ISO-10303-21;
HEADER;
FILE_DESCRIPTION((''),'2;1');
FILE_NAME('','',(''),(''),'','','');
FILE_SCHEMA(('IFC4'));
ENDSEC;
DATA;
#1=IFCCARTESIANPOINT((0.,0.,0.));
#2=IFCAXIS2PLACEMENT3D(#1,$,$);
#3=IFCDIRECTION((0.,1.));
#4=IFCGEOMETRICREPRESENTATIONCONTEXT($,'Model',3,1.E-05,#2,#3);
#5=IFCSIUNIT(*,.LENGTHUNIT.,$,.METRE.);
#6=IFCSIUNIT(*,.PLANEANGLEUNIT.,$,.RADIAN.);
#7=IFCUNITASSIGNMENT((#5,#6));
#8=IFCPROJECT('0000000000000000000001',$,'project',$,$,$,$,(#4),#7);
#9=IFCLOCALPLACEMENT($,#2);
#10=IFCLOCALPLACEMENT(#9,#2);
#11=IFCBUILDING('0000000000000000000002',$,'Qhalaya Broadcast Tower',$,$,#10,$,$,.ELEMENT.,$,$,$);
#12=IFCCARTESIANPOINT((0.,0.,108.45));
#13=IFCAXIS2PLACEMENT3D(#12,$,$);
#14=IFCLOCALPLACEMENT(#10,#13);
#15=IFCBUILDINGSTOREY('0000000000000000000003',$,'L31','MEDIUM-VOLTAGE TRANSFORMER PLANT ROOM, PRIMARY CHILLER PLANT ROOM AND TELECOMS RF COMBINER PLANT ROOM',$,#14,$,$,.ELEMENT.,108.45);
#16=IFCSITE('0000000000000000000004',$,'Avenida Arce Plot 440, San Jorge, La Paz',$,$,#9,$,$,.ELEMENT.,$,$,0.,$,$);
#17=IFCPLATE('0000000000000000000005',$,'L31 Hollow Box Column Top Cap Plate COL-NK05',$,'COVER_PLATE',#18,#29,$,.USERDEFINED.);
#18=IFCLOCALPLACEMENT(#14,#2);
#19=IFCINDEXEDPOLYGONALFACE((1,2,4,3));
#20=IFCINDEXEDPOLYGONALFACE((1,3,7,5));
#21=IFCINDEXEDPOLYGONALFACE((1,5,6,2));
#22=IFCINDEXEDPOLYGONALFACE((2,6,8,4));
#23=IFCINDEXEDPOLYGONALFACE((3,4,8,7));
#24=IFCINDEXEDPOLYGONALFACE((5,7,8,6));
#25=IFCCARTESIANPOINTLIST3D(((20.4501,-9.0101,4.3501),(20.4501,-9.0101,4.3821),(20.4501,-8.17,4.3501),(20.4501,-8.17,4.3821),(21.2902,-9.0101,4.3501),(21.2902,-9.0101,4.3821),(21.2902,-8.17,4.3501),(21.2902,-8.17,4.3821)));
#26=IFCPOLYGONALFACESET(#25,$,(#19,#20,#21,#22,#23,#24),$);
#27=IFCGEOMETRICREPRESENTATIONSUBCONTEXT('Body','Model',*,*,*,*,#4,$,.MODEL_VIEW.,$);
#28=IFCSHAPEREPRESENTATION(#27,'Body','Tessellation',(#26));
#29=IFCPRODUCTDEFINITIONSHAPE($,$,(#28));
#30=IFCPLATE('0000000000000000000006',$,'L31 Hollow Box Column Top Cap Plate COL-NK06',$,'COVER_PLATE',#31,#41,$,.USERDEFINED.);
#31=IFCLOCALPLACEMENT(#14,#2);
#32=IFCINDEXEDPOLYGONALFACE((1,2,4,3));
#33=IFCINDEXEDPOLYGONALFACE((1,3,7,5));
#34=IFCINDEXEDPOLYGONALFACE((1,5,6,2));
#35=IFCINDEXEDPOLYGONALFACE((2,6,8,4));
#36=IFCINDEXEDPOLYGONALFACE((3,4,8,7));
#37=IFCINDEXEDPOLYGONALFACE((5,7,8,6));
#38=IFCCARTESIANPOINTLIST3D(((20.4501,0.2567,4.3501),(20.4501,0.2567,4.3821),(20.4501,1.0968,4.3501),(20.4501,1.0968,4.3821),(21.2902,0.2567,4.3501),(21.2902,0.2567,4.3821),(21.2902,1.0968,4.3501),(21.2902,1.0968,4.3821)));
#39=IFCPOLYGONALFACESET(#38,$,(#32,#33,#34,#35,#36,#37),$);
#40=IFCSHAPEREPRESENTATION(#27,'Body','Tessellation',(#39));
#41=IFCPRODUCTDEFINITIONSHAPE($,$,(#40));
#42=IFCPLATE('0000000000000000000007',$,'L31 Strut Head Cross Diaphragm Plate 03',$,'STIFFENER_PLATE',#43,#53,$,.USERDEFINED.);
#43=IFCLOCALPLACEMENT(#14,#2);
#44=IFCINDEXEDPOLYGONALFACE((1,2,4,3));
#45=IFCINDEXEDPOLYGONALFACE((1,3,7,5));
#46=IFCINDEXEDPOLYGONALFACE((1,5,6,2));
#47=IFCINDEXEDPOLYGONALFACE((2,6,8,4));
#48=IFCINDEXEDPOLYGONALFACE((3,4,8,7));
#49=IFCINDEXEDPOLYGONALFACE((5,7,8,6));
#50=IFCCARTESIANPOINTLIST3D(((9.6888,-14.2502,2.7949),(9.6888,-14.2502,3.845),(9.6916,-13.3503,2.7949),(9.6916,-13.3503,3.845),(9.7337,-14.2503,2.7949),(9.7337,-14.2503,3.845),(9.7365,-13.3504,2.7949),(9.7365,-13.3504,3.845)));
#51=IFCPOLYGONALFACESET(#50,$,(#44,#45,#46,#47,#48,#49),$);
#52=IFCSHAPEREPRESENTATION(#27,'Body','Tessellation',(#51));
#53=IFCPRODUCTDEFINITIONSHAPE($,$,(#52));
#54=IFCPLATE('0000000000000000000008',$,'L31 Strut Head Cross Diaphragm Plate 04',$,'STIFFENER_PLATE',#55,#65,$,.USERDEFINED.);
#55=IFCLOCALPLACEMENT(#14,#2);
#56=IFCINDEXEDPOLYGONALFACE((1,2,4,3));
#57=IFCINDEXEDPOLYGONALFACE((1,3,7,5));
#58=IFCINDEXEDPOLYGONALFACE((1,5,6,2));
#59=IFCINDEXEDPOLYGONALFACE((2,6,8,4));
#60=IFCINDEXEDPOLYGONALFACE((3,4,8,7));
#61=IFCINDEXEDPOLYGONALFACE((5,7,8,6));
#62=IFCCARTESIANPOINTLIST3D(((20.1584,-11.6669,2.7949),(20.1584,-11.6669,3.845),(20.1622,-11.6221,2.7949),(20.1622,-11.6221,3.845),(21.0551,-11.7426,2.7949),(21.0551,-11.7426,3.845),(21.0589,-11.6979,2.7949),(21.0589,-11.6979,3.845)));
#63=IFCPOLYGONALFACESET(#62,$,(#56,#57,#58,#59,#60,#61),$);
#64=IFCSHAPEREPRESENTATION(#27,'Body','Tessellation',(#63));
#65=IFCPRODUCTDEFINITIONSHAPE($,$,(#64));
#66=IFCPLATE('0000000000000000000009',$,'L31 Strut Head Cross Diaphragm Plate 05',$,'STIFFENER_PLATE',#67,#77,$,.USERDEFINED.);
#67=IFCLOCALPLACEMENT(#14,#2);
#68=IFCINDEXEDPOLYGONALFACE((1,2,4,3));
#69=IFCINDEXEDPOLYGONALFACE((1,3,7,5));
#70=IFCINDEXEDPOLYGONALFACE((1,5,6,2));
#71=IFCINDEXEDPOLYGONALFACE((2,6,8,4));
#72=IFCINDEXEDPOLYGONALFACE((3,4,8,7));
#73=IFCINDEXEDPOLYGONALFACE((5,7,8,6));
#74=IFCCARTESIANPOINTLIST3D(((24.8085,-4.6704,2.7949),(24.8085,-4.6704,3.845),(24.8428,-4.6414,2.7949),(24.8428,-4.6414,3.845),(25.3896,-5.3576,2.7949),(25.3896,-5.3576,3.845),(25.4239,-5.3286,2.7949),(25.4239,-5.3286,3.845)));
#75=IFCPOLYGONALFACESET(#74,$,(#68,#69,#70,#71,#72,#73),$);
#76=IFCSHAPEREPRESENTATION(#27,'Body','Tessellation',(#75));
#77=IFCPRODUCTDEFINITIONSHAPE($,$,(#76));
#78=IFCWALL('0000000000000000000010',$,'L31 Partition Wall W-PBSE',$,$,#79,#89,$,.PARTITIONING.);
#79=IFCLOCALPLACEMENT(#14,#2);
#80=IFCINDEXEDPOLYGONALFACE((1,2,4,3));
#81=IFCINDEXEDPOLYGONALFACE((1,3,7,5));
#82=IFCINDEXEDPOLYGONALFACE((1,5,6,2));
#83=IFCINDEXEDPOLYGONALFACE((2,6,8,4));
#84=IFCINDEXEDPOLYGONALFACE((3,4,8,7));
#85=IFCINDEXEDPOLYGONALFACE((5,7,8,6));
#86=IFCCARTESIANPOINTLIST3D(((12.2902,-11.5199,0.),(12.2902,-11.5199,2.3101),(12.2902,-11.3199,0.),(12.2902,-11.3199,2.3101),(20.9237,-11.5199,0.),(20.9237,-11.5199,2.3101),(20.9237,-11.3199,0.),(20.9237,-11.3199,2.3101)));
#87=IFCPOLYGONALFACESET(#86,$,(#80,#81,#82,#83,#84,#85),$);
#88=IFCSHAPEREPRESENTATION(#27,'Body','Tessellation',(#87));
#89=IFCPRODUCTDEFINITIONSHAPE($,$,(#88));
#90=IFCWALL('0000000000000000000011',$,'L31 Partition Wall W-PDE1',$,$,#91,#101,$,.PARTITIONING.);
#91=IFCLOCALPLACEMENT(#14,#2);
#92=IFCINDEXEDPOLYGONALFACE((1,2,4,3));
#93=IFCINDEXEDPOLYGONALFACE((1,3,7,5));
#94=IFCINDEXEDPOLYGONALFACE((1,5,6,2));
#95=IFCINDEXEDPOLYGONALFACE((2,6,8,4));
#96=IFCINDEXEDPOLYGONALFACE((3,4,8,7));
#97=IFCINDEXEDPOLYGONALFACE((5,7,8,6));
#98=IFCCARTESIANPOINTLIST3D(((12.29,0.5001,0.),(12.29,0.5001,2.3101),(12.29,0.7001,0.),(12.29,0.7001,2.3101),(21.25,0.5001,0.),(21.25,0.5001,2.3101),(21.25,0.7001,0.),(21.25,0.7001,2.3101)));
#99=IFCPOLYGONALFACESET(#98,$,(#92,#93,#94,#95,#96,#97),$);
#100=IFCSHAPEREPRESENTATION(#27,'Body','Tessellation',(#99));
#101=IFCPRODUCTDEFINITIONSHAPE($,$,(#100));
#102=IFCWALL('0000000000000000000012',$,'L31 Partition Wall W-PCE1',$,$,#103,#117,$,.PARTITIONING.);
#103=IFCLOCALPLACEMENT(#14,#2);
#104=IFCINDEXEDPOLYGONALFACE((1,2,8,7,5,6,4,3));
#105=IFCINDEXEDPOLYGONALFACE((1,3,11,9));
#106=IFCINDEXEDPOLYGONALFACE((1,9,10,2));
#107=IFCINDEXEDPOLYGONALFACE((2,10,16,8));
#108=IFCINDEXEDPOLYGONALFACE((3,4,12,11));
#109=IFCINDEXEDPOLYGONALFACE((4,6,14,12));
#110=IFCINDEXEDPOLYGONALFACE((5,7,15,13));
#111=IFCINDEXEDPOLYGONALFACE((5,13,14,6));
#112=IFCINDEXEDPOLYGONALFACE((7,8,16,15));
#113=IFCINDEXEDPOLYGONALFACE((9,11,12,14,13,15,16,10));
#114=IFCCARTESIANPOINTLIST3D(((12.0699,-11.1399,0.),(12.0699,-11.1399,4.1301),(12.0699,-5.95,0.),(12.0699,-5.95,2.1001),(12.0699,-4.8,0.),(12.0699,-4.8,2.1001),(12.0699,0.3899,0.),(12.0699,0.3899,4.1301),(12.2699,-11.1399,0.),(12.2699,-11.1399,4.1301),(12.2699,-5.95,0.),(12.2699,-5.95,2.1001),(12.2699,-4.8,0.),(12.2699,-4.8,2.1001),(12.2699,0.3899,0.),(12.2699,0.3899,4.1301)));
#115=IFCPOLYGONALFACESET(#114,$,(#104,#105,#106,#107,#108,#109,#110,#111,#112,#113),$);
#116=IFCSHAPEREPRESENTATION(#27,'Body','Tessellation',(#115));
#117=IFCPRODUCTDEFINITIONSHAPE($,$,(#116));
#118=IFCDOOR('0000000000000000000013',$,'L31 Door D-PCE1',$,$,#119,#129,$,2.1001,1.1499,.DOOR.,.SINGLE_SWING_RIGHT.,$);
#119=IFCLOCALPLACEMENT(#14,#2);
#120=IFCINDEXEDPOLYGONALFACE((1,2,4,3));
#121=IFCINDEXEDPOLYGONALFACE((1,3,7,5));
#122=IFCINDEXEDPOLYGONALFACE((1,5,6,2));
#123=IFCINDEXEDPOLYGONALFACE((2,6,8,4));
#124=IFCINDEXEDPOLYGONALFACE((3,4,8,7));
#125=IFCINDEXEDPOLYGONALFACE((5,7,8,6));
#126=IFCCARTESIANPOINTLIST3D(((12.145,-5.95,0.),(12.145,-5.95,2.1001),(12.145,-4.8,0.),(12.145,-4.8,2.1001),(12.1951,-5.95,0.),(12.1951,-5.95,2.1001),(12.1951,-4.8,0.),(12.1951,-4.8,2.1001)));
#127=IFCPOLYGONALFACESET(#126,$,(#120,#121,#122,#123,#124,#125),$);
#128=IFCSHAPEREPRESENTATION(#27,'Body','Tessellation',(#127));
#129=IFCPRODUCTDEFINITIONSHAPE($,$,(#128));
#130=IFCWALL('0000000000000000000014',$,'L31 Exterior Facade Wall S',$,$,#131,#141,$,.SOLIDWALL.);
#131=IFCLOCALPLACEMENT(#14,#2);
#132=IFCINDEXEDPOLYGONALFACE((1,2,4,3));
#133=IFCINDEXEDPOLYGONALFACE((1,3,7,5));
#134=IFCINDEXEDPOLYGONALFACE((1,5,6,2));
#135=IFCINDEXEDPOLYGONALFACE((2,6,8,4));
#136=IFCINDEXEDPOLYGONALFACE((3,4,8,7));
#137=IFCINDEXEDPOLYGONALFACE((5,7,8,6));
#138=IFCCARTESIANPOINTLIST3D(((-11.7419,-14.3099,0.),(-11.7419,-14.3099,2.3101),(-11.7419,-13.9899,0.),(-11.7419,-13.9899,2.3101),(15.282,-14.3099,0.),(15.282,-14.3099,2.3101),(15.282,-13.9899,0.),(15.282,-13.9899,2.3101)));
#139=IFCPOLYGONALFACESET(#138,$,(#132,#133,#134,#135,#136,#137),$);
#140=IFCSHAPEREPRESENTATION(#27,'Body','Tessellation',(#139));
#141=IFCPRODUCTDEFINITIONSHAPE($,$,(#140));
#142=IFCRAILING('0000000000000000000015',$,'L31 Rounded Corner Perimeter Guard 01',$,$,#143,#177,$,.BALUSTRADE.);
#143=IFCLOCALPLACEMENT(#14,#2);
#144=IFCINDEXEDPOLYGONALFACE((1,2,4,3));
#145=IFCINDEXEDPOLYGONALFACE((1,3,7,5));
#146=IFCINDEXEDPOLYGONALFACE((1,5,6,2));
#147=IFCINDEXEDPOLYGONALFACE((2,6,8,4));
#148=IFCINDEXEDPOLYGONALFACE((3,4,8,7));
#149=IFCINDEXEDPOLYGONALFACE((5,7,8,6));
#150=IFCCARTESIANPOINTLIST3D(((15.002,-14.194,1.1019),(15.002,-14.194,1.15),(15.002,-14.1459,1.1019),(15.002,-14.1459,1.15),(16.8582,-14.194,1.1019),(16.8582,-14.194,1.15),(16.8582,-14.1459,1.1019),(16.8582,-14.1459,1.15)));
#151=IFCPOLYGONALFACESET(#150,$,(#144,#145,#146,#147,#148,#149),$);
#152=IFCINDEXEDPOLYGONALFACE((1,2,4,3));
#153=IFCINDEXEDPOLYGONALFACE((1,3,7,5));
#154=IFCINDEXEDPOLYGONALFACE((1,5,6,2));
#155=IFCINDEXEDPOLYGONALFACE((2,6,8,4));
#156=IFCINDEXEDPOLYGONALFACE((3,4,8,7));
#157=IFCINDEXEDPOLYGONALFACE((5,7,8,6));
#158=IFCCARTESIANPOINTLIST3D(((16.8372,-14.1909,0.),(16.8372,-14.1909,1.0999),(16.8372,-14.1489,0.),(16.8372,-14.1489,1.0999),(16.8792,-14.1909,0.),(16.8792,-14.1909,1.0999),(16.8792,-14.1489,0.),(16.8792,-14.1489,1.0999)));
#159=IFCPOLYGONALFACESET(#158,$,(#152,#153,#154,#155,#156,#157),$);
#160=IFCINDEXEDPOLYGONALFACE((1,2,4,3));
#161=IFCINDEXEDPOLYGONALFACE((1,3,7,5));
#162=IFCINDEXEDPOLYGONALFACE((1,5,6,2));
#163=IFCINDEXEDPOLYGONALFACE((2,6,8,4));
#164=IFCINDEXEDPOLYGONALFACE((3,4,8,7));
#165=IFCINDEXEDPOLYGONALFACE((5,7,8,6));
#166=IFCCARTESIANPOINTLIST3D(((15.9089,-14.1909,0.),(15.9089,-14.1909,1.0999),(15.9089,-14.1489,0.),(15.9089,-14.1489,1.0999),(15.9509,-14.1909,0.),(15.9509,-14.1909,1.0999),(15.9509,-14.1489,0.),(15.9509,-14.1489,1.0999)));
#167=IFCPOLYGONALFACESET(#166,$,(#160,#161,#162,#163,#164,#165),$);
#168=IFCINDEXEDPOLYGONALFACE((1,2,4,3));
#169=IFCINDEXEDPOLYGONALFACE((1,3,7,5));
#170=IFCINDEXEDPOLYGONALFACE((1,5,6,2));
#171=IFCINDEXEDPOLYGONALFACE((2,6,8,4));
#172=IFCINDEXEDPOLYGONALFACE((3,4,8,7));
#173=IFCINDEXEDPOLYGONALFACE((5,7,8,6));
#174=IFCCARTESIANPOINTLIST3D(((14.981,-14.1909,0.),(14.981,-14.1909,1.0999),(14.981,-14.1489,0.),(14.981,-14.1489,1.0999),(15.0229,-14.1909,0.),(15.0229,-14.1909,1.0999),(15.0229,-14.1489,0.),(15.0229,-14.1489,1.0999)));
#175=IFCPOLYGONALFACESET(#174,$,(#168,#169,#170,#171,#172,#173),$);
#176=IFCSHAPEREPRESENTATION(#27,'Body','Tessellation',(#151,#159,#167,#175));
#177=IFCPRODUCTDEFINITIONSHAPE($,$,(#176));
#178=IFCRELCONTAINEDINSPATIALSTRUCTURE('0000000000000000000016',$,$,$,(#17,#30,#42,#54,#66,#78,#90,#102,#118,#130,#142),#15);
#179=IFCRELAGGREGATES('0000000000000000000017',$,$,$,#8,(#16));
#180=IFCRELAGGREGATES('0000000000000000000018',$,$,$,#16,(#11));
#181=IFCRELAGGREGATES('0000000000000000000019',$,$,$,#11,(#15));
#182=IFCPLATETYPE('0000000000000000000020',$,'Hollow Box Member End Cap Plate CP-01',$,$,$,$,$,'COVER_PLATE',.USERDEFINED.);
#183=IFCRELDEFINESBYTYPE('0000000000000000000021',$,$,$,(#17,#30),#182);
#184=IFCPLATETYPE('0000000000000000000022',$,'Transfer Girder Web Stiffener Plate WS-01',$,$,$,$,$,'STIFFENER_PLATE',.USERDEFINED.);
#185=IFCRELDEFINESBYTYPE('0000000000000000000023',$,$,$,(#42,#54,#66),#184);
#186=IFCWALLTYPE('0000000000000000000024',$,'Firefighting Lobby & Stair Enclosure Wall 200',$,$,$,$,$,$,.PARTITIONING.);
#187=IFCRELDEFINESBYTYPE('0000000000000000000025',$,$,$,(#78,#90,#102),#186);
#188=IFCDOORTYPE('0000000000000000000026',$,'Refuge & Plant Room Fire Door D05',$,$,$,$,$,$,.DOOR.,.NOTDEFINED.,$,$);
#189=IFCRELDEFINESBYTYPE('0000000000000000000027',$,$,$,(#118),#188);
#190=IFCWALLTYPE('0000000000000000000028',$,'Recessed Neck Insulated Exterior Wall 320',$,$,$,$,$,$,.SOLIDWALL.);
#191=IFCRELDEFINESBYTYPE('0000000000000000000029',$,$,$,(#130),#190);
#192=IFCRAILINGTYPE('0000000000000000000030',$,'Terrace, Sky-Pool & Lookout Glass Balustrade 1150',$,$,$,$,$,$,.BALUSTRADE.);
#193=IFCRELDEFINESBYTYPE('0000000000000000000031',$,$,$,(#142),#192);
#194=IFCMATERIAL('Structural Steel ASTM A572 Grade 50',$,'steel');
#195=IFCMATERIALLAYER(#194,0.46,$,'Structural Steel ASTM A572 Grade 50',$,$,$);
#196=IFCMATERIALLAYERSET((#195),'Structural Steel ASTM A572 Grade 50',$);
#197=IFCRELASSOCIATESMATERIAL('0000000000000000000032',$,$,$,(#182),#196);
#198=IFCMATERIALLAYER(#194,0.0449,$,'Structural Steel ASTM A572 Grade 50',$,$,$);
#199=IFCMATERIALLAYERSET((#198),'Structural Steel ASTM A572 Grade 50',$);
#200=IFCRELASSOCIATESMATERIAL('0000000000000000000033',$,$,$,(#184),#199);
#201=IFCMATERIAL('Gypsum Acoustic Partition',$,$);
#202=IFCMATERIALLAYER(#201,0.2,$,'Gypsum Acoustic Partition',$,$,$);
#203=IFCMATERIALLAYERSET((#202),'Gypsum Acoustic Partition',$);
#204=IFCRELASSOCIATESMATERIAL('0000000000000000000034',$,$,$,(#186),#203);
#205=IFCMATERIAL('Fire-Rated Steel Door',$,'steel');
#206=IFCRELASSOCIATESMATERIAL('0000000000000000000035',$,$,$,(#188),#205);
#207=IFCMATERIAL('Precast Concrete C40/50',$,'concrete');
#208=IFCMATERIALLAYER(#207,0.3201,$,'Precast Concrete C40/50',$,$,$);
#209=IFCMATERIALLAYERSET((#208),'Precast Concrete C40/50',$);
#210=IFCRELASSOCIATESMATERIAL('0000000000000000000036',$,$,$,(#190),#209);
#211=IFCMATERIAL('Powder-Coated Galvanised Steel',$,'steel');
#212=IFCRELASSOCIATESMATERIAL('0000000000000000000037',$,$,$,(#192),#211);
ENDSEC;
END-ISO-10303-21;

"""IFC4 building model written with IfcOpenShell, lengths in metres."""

from ifc_helpers import new_model, si_unit, direction, frame, frame_2d, origin, origin_2d, place, context, subcontext, project, spatial, rectangle, extrude, material, layer, layer_set, type_object, element, fill, save


model = new_model("IFC4")

# Units and contexts
model_context = context("Model", 3, precision=1e-05, world=origin(), true_north=direction((0.0, 1.0)))
body_context = subcontext(model_context, "Body", "Model", "MODEL_VIEW")
ifc_project = project(units=[si_unit("LENGTHUNIT", "METRE"), si_unit("PLANEANGLEUNIT", "RADIAN")], contexts=[model_context])

# Site, building, storey
site_placement = place(None, origin())
site = spatial("IfcSite", under=ifc_project, at=site_placement, Name="Avenida Arce Plot 440, San Jorge, La Paz", CompositionType="ELEMENT", RefElevation=0.0)
building_placement = place(site_placement, origin())
building = spatial("IfcBuilding", under=site, at=building_placement, Name="Qhalaya Broadcast Tower", CompositionType="ELEMENT")
storey_placement = place(building_placement, frame((0.0, 0.0, 108.45)))
storey = spatial("IfcBuildingStorey", under=building, at=storey_placement, Name="L31", Description="MEDIUM-VOLTAGE TRANSFORMER PLANT ROOM, PRIMARY CHILLER PLANT ROOM AND TELECOMS RF COMBINER PLANT ROOM", CompositionType="ELEMENT", Elevation=108.45)

# Shared definitions
ifc_material_1 = material(Name="Structural Steel ASTM A572 Grade 50", Category="steel")

# Plates
ifc_layer_1 = layer(ifc_material_1, 0.46, Name="Structural Steel ASTM A572 Grade 50")
ifc_layer_set_1 = layer_set([ifc_layer_1], Name="Structural Steel ASTM A572 Grade 50")
plate_type_1 = type_object("IfcPlateType", Name="Hollow Box Member End Cap Plate CP-01", ElementType="COVER_PLATE", PredefinedType="USERDEFINED", material=ifc_layer_set_1)
for number, where, z_axis, x_axis, name in (
    (1, (20.8701, -8.5901, 4.3501), (0.0, 0.0, 1.0), (0.0, 1.0, 0.0), "L31 Hollow Box Column Top Cap Plate COL-NK05"),
    (2, (20.8701, 0.6768, 4.3501), (0.0, 0.0, 1.0), (0.0, 1.0, 0.0), "L31 Hollow Box Column Top Cap Plate COL-NK06"),
):
    element("IfcPlate", number, at=place(storey_placement, frame(where, z_axis=z_axis, x_axis=x_axis)), inside=storey, type_object=plate_type_1, Name=name, ObjectType="COVER_PLATE", PredefinedType="USERDEFINED", context=body_context, shape_type="SweptSolid", body=[
        extrude(rectangle(XDim=0.8401, YDim=0.8401, at=origin_2d()), origin(), (0.0, 0.0, 1.0), 0.032),
    ])
ifc_layer_2 = layer(ifc_material_1, 0.0449, Name="Structural Steel ASTM A572 Grade 50")
ifc_layer_set_2 = layer_set([ifc_layer_2], Name="Structural Steel ASTM A572 Grade 50")
plate_type_2 = type_object("IfcPlateType", Name="Transfer Girder Web Stiffener Plate WS-01", ElementType="STIFFENER_PLATE", PredefinedType="USERDEFINED", material=ifc_layer_set_2)
for number, where, z_axis, x_axis, name in (
    (3, (9.7126, -13.8003, 2.7949), (0.0, 0.0, 1.0), (0.003142, 0.999995, 0.0), "L31 Strut Head Cross Diaphragm Plate 03"),
    (4, (20.6086, -11.6824, 2.7949), (0.0, 0.0, 1.0), (0.996449, -0.0842, 0.0), "L31 Strut Head Cross Diaphragm Plate 04"),
    (5, (25.1162, -4.9995, 2.7949), (0.0, 0.0, 1.0), (-0.645684, 0.763604, 0.0), "L31 Strut Head Cross Diaphragm Plate 05"),
):
    element("IfcPlate", number, at=place(storey_placement, frame(where, z_axis=z_axis, x_axis=x_axis)), inside=storey, type_object=plate_type_2, Name=name, ObjectType="STIFFENER_PLATE", PredefinedType="USERDEFINED", context=body_context, shape_type="SweptSolid", body=[
        extrude(rectangle(XDim=0.8999, YDim=0.0449, at=origin_2d()), origin(), (0.0, 0.0, 1.0), 1.05),
    ])

# Walls
ifc_material_2 = material(Name="Gypsum Acoustic Partition")
ifc_layer_3 = layer(ifc_material_2, 0.2, Name="Gypsum Acoustic Partition")
ifc_layer_set_3 = layer_set([ifc_layer_3], Name="Gypsum Acoustic Partition")
wall_type_1 = type_object("IfcWallType", Name="Firefighting Lobby & Stair Enclosure Wall 200", PredefinedType="PARTITIONING", material=ifc_layer_set_3)
wall_1_placement = place(storey_placement, frame((12.29, -11.4199, 0.0), z_axis=(0.0, 0.0, 1.0), x_axis=(1.0, 0.0, 0.0)))
element("IfcWall", 6, at=wall_1_placement, inside=storey, type_object=wall_type_1, Name="L31 Partition Wall W-PBSE", PredefinedType="PARTITIONING", context=body_context, shape_type="SweptSolid", body=[
    extrude(rectangle(XDim=8.6335, YDim=0.2, at=frame_2d((4.3169, 0.0))), origin(), (0.0, 0.0, 1.0), 2.3101),
])
wall_2_placement = place(storey_placement, frame((12.29, 0.6001, 0.0), z_axis=(0.0, 0.0, 1.0), x_axis=(1.0, 0.0, 0.0)))
element("IfcWall", 7, at=wall_2_placement, inside=storey, type_object=wall_type_1, Name="L31 Partition Wall W-PDE1", PredefinedType="PARTITIONING", context=body_context, shape_type="SweptSolid", body=[
    extrude(rectangle(XDim=8.96, YDim=0.2, at=frame_2d((4.48, 0.0))), origin(), (0.0, 0.0, 1.0), 2.3101),
])

# Wall, opening, door
wall_3_placement = place(storey_placement, frame((12.1699, -11.1399, 0.0), z_axis=(0.0, 0.0, 1.0), x_axis=(0.0, 1.0, 0.0)))
wall_3 = element("IfcWall", 8, at=wall_3_placement, inside=storey, type_object=wall_type_1, Name="L31 Partition Wall W-PCE1", PredefinedType="PARTITIONING", context=body_context, shape_type="SweptSolid", body=[
    extrude(rectangle(XDim=11.5298, YDim=0.2, at=frame_2d((5.7649, 0.0))), origin(), (0.0, 0.0, 1.0), 4.1301),
])
opening_placement = place(wall_3_placement, frame((5.1899, 0.0, 0.0)))
opening = element("IfcOpeningElement", 9, at=opening_placement, cuts=wall_3, PredefinedType="OPENING", context=body_context, shape_type="SweptSolid", body=[
    extrude(rectangle(XDim=1.1499, YDim=2.1001, at=frame_2d((0.575, 1.05))), frame((0.0, 0.1121, 0.0), z_axis=(0.0, -1.0, 0.0), x_axis=(1.0, 0.0, 0.0)), (0.0, 0.0, 1.0), 0.2239),
])
ifc_material_3 = material(Name="Fire-Rated Steel Door", Category="steel")
door_type = type_object("IfcDoorType", Name="Refuge & Plant Room Fire Door D05", OperationType="NOTDEFINED", PredefinedType="DOOR", material=ifc_material_3)
door_placement = place(opening_placement, origin())
door = element("IfcDoor", 10, at=door_placement, inside=storey, type_object=door_type, Name="L31 Door D-PCE1", OperationType="SINGLE_SWING_RIGHT", OverallHeight=2.1001, OverallWidth=1.1499, PredefinedType="DOOR", context=body_context, shape_type="SweptSolid", body=[
    extrude(rectangle(XDim=1.1499, YDim=2.1001, at=frame_2d((0.575, 1.05))), frame((0.0, 0.0249, 0.0), z_axis=(0.0, -1.0, 0.0), x_axis=(1.0, 0.0, 0.0)), (0.0, 0.0, 1.0), 0.05),
])
fill(opening, door)

# Wall
ifc_material_4 = material(Name="Precast Concrete C40/50", Category="concrete")
ifc_layer_4 = layer(ifc_material_4, 0.3201, Name="Precast Concrete C40/50")
ifc_layer_set_4 = layer_set([ifc_layer_4], Name="Precast Concrete C40/50")
wall_type_2 = type_object("IfcWallType", Name="Recessed Neck Insulated Exterior Wall 320", PredefinedType="SOLIDWALL", material=ifc_layer_set_4)
wall_4_placement = place(storey_placement, frame((15.282, -14.1499, 0.0), z_axis=(0.0, 0.0, 1.0), x_axis=(-1.0, 0.0, 0.0)))
element("IfcWall", 11, at=wall_4_placement, inside=storey, type_object=wall_type_2, Name="L31 Exterior Facade Wall S", PredefinedType="SOLIDWALL", context=body_context, shape_type="SweptSolid", body=[
    extrude(rectangle(XDim=27.0239, YDim=0.3201, at=frame_2d((13.512, 0.0))), origin(), (0.0, 0.0, 1.0), 2.3101),
])

# Railing
ifc_material_5 = material(Name="Powder-Coated Galvanised Steel", Category="steel")
railing_type = type_object("IfcRailingType", Name="Terrace, Sky-Pool & Lookout Glass Balustrade 1150", PredefinedType="BALUSTRADE", material=ifc_material_5)
railing_1_placement = place(storey_placement, frame((16.8582, -14.1699, 0.0)))
element("IfcRailing", 12, at=railing_1_placement, inside=storey, type_object=railing_type, Name="L31 Rounded Corner Perimeter Guard 01", PredefinedType="BALUSTRADE", context=body_context, shape_type="SweptSolid", body=[
    extrude(rectangle(XDim=0.0481, YDim=0.0481, at=origin_2d()), frame((0.0, 0.0, 1.126), z_axis=(-1.0, 0.0, 0.0), x_axis=(0.0, -1.0, 0.0)), (0.0, 0.0, 1.0), 1.8562),
    extrude(rectangle(XDim=0.042, YDim=0.042, at=origin_2d()), origin(), (0.0, 0.0, 1.0), 1.0999),
    extrude(rectangle(XDim=0.042, YDim=0.042, at=origin_2d()), frame((-0.9282, 0.0, 0.0)), (0.0, 0.0, 1.0), 1.0999),
    extrude(rectangle(XDim=0.042, YDim=0.042, at=origin_2d()), frame((-1.8562, 0.0, 0.0)), (0.0, 0.0, 1.0), 1.0999),
])

save(model, "model.ifc")
